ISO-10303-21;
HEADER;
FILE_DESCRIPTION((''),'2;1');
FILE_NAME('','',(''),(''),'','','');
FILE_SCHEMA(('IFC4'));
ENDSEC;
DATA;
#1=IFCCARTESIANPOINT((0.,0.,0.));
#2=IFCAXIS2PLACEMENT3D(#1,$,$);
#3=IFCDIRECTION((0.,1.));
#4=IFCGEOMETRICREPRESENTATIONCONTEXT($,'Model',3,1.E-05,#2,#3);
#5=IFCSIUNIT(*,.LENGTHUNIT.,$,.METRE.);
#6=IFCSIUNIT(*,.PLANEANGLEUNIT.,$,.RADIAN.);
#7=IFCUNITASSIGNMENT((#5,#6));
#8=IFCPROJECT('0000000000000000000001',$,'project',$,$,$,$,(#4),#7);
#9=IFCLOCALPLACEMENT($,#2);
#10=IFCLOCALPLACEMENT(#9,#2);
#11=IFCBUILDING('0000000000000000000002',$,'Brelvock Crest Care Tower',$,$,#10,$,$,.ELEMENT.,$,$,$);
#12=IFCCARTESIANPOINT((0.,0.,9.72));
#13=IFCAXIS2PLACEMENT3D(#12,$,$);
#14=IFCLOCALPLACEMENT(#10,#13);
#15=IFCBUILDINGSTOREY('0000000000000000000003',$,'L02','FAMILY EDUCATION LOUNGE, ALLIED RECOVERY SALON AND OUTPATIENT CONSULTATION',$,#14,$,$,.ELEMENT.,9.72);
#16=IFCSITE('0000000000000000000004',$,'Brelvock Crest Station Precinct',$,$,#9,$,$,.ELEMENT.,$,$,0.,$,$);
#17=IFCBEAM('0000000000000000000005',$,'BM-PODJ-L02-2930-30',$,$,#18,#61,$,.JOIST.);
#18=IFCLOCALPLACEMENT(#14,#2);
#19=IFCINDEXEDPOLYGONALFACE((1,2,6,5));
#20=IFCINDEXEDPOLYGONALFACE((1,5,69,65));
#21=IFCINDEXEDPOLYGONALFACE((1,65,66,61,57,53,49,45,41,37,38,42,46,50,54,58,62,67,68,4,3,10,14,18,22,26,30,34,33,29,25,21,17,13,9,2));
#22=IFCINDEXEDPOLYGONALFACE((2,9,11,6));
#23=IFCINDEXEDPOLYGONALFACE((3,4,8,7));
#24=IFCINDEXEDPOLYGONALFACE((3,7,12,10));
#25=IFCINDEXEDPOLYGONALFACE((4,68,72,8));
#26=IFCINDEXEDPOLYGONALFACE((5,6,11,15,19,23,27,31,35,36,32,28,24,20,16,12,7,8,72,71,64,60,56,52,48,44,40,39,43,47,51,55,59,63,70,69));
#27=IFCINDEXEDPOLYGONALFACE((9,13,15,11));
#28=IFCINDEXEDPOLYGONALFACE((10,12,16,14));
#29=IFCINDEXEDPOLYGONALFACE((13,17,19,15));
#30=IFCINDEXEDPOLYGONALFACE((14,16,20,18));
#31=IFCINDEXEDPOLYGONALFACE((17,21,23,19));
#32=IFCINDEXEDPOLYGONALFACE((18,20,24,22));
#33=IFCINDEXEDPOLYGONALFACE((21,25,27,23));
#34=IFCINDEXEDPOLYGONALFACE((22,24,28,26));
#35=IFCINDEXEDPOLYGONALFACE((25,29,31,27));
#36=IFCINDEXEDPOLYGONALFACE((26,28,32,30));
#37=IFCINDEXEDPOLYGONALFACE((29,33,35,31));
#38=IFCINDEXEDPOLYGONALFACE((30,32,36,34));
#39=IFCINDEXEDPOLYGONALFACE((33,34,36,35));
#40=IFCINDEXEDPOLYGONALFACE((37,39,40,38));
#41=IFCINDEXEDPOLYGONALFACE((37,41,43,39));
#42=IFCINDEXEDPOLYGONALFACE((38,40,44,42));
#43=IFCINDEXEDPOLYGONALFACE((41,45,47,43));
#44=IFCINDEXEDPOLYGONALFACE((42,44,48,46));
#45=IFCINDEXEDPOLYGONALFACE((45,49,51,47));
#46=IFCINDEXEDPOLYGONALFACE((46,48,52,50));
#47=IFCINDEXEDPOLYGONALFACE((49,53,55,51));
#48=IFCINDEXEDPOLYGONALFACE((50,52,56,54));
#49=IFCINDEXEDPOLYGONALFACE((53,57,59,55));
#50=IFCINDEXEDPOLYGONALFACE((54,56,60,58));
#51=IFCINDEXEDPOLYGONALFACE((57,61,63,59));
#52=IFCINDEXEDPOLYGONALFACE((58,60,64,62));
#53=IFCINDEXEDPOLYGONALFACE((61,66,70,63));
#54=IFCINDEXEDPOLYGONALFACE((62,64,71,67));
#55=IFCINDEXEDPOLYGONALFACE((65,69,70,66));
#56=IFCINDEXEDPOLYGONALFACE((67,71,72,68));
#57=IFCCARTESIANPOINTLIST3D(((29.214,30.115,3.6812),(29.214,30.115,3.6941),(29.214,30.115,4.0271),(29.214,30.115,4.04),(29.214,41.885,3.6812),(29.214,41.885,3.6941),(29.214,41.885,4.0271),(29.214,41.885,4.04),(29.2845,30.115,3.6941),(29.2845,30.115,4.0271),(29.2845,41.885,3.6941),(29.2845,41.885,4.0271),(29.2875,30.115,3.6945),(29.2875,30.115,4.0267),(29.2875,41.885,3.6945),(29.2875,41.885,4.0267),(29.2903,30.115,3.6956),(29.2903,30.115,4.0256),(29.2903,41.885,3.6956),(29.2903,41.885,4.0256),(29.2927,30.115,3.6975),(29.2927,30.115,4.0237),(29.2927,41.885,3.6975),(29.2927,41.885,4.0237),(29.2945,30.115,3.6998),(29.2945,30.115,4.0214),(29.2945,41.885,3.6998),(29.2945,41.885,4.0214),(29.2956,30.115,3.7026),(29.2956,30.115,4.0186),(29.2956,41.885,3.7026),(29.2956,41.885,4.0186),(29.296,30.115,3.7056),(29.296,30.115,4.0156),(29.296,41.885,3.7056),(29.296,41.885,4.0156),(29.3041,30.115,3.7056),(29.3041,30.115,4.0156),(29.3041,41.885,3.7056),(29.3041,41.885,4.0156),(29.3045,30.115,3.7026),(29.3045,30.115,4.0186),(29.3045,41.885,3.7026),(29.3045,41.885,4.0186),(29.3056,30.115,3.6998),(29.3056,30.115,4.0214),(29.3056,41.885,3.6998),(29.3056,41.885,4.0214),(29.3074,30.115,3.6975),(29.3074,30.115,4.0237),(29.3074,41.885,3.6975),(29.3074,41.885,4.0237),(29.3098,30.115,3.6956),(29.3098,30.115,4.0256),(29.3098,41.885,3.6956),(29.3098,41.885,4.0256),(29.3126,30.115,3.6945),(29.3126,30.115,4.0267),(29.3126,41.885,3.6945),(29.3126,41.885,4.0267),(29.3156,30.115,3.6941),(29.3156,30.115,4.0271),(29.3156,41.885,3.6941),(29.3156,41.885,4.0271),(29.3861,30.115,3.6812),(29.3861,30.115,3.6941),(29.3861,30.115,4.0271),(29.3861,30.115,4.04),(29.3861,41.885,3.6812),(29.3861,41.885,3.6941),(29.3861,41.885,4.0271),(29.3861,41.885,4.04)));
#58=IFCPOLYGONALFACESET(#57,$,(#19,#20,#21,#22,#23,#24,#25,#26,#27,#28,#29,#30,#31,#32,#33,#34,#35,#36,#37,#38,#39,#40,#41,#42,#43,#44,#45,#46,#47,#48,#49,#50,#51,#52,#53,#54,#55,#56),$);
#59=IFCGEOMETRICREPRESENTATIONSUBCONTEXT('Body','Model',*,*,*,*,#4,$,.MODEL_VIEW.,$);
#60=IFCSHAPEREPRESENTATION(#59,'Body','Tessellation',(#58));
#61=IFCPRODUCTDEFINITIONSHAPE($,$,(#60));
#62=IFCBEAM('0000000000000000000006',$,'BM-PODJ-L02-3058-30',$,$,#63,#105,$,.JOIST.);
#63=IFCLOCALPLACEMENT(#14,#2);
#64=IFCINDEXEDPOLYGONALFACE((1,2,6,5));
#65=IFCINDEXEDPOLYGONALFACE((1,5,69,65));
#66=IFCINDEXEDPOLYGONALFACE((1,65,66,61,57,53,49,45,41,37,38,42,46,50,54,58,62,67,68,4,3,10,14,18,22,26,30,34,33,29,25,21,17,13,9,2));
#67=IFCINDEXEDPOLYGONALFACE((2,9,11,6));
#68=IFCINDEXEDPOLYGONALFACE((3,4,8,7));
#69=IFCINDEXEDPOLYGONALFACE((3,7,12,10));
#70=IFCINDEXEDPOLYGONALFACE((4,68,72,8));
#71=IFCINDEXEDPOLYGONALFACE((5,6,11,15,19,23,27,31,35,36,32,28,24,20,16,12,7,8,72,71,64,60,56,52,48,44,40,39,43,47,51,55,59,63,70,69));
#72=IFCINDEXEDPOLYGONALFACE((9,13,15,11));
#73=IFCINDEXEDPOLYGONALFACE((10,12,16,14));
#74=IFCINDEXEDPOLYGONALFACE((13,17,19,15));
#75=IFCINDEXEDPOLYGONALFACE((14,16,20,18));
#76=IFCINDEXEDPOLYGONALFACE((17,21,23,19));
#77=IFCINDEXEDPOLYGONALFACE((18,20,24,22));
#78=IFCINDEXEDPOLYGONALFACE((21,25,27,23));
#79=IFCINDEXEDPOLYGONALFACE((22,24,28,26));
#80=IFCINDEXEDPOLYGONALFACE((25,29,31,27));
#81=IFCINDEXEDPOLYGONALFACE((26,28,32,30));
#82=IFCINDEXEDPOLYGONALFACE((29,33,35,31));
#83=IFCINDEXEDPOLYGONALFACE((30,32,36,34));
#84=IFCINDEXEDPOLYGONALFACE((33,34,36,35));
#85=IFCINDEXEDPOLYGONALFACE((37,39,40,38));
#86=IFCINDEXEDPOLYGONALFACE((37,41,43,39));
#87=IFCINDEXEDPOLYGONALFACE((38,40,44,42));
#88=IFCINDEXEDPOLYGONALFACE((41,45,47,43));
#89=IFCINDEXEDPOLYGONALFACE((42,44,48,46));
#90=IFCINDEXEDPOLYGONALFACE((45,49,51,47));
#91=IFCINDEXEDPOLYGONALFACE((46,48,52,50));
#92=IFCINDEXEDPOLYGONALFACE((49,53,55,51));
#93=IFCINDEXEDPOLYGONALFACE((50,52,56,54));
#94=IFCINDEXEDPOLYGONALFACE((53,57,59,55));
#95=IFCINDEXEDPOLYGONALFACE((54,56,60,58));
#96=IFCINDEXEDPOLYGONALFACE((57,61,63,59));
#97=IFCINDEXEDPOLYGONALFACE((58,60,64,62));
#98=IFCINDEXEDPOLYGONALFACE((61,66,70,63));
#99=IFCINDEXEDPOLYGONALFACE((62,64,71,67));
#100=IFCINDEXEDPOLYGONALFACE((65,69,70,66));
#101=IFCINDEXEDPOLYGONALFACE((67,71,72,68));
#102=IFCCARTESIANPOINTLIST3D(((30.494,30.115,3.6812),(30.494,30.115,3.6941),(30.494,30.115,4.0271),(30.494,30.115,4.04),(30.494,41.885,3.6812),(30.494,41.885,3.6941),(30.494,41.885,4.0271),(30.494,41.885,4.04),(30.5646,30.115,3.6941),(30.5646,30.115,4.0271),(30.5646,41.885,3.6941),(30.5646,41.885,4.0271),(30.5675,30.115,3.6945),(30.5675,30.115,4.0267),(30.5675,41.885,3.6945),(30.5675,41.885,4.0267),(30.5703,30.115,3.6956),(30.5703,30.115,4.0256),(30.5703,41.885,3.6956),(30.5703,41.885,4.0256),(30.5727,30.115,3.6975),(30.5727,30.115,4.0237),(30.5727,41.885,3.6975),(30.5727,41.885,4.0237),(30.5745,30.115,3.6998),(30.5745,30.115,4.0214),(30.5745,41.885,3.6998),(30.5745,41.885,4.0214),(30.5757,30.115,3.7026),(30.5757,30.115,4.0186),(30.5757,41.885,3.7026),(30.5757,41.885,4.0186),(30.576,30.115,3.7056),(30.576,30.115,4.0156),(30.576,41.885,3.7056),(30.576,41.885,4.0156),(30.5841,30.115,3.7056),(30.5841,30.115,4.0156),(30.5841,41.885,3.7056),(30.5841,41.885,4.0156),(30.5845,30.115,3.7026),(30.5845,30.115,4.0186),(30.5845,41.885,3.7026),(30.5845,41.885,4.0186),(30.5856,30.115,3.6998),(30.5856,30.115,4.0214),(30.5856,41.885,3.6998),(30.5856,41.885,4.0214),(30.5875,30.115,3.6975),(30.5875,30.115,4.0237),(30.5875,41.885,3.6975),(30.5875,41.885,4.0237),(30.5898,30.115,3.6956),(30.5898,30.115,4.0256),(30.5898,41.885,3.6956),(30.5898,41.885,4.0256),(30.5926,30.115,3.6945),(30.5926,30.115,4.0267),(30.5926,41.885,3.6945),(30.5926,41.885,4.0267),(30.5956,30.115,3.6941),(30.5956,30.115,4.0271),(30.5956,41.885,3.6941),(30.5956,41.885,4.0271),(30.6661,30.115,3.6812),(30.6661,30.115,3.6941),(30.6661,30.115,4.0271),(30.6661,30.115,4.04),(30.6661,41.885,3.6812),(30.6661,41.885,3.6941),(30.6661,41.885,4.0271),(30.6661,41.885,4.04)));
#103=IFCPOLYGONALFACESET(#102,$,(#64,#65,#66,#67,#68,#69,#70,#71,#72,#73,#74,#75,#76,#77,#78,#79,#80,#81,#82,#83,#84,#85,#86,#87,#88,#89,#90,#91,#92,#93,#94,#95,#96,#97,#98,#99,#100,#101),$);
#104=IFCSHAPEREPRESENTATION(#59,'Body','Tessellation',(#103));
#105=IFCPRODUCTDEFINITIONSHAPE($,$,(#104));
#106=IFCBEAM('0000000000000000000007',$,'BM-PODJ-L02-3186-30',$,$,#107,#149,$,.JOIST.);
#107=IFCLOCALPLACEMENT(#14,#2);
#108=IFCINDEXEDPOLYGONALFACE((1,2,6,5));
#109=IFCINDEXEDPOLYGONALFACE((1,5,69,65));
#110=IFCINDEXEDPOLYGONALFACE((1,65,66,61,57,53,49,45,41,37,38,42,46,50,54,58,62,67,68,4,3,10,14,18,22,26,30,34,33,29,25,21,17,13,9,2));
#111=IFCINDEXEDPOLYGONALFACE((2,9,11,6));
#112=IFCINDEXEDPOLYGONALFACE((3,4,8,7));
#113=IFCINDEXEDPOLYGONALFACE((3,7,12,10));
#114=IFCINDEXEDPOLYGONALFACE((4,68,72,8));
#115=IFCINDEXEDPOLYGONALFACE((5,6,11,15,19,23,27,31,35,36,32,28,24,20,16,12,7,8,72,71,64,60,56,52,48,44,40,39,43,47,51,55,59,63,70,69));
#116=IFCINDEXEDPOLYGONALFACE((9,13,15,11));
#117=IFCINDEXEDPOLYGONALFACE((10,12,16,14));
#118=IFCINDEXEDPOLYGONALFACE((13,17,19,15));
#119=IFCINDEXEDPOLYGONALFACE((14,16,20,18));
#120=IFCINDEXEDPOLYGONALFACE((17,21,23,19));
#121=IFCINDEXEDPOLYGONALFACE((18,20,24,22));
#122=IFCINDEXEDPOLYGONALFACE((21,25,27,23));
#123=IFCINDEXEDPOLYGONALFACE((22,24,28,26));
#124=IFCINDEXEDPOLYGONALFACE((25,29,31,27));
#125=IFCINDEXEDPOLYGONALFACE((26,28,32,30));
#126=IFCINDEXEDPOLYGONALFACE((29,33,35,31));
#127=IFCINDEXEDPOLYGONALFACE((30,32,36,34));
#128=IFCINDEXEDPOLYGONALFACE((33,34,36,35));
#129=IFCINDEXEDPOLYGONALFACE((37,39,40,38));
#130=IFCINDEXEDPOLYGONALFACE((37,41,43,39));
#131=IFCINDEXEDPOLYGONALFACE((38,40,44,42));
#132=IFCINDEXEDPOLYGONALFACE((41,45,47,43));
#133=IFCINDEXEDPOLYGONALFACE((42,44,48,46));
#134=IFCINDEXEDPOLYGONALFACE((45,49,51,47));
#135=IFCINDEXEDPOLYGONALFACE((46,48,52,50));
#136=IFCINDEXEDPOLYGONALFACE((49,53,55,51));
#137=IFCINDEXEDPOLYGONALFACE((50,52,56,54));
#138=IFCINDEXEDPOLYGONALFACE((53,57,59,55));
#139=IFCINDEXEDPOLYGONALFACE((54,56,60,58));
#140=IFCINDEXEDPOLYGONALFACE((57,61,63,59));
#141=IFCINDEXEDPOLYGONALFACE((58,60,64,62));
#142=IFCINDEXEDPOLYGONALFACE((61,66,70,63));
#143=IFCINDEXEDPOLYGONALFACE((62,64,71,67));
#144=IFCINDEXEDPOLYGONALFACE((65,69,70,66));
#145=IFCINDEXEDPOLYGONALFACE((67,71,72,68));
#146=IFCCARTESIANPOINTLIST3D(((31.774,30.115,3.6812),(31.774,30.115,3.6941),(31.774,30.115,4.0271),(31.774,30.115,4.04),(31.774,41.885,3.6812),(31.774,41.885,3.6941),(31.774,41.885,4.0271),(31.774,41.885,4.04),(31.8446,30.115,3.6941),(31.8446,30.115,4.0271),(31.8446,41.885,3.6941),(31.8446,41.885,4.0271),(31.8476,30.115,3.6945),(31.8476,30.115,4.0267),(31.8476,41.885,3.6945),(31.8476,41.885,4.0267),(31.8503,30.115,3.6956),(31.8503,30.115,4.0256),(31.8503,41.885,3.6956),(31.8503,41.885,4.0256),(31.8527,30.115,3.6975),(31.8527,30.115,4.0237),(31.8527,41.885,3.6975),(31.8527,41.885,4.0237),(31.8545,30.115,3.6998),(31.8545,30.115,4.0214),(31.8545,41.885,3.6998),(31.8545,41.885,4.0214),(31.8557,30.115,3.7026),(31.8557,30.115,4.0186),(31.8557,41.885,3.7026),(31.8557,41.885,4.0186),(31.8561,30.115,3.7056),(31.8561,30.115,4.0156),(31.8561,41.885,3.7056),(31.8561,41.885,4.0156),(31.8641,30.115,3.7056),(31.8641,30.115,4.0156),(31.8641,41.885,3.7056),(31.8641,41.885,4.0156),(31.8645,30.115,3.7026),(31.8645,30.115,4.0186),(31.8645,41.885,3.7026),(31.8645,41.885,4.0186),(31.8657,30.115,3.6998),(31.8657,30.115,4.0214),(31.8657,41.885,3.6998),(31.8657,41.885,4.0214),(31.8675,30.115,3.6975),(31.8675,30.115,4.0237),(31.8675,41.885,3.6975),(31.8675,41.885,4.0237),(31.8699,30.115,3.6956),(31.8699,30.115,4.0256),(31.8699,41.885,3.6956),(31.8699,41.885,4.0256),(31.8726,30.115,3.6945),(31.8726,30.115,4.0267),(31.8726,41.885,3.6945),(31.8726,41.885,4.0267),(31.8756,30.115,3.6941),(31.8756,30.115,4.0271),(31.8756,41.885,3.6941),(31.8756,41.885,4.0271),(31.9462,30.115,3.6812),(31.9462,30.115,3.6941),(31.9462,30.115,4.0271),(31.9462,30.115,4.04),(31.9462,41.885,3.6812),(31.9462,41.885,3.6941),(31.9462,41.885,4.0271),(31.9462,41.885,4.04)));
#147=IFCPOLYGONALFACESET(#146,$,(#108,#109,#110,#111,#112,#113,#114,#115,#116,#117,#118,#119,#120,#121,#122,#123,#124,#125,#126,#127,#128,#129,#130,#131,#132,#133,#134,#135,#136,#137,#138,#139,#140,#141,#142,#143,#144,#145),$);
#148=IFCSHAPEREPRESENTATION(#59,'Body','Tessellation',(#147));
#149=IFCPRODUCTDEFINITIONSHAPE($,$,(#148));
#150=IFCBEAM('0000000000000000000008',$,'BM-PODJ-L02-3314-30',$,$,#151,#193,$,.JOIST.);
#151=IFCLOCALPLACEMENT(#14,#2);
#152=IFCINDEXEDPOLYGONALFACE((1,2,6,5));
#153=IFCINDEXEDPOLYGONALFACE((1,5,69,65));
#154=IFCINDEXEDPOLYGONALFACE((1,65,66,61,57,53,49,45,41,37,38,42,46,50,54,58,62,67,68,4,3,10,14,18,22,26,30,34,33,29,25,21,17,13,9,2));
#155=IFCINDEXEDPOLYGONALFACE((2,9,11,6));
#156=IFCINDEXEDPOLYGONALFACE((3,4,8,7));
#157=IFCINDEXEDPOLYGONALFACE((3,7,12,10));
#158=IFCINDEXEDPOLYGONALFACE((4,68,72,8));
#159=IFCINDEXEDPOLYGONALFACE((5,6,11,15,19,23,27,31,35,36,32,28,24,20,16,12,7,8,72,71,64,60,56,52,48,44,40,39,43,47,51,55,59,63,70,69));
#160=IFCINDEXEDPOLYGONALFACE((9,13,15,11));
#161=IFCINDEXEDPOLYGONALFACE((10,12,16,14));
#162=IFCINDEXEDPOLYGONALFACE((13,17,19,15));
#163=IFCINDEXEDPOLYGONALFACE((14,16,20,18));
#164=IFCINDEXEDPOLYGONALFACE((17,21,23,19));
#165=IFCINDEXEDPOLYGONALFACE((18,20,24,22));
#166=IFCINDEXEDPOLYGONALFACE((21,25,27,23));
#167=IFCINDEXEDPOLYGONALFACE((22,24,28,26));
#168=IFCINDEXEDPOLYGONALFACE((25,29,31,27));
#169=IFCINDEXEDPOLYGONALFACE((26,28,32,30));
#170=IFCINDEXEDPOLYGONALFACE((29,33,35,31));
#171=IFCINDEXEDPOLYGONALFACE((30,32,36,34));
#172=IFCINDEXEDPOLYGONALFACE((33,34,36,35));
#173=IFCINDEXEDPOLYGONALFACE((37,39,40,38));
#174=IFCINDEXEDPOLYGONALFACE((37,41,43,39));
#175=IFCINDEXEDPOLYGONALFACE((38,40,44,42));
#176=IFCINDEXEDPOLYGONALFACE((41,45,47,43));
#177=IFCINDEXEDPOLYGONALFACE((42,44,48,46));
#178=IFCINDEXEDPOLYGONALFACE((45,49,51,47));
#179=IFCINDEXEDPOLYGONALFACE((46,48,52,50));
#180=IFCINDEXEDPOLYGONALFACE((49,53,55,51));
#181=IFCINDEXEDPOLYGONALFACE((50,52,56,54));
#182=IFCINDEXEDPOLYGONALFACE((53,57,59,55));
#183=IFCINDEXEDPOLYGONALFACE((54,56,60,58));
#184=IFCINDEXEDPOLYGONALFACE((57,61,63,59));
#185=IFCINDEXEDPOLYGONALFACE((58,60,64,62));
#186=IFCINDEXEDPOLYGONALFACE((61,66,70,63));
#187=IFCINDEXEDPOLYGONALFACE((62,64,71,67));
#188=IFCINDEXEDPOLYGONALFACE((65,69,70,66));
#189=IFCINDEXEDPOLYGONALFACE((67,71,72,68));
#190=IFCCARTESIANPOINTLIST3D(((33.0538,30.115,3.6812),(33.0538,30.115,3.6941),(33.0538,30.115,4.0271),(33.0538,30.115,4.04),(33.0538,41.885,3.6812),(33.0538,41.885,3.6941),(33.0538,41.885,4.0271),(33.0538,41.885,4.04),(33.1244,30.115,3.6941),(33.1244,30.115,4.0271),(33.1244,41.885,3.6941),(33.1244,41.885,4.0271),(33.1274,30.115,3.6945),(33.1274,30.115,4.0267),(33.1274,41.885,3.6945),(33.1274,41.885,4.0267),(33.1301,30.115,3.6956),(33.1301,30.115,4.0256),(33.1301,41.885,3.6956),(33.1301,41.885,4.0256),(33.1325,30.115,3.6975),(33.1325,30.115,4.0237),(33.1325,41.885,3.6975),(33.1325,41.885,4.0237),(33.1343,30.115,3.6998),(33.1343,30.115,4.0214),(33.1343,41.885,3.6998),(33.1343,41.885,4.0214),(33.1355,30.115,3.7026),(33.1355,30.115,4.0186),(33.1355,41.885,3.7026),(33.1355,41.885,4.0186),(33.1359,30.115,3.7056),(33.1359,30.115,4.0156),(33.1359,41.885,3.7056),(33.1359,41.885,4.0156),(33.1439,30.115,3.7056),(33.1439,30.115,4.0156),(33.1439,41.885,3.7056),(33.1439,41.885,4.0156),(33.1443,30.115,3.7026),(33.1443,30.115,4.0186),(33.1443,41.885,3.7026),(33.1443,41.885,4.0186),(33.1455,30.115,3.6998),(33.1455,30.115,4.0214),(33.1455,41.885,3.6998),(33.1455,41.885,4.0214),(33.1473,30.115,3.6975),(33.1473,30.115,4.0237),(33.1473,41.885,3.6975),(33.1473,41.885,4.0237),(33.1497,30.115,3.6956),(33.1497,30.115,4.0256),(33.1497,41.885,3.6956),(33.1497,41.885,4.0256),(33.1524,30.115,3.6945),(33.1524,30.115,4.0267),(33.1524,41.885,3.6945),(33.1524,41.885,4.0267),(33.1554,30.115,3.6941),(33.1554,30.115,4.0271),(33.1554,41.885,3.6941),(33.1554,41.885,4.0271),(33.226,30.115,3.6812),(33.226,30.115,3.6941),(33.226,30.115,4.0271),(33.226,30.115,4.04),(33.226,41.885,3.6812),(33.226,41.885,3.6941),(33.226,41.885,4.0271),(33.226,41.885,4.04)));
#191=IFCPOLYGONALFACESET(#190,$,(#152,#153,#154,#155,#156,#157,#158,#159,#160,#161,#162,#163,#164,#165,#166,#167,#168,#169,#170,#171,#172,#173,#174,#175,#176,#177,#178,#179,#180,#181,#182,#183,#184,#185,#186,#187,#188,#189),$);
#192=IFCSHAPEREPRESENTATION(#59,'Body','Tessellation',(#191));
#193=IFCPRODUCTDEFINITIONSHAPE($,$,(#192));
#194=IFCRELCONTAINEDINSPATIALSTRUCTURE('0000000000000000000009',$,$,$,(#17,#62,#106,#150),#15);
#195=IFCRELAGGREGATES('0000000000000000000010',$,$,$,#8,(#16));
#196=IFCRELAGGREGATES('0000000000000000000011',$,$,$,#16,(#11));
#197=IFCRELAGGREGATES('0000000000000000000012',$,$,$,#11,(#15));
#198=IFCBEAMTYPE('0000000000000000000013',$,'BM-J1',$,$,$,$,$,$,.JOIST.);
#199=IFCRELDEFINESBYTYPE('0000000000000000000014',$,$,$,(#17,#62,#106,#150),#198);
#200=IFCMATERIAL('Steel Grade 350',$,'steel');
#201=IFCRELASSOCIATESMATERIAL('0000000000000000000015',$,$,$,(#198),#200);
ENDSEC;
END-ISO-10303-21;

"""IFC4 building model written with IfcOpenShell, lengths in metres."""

from ifc_helpers import new_model, si_unit, direction, frame, origin, origin_2d, place, context, subcontext, project, spatial, i_section, extrude, source, transform, mapped, material, material_profile, profile_set, type_object, element, save


model = new_model("IFC4")

# Units and contexts
model_context = context("Model", 3, precision=1e-05, world=origin(), true_north=direction((0.0, 1.0)))
body_context = subcontext(model_context, "Body", "Model", "MODEL_VIEW")
ifc_project = project(units=[si_unit("LENGTHUNIT", "METRE"), si_unit("PLANEANGLEUNIT", "RADIAN")], contexts=[model_context])

# Site, building, storey
site_placement = place(None, origin())
site = spatial("IfcSite", under=ifc_project, at=site_placement, Name="Brelvock Crest Station Precinct", CompositionType="ELEMENT", RefElevation=0.0)
building_placement = place(site_placement, origin())
building = spatial("IfcBuilding", under=site, at=building_placement, Name="Brelvock Crest Care Tower", CompositionType="ELEMENT")
storey_placement = place(building_placement, frame((0.0, 0.0, 9.72)))
storey = spatial("IfcBuildingStorey", under=building, at=storey_placement, Name="L02", Description="FAMILY EDUCATION LOUNGE, ALLIED RECOVERY SALON AND OUTPATIENT CONSULTATION", CompositionType="ELEMENT", Elevation=9.72)

# Shared definitions
ifc_material_1 = material(Name="Steel Grade 350", Category="steel")

# Beams
ifc_material_profile_1 = material_profile(ifc_material_1, i_section(OverallWidth=0.1721, OverallDepth=0.3589, WebThickness=0.0081, FlangeThickness=0.0129, FilletRadius=0.0115, at=origin_2d()), Name="360UB56.7")
ifc_profile_set_1 = profile_set([ifc_material_profile_1], Name="Steel Grade 350")
beam_type_1 = type_object("IfcBeamType", Name="BM-J1", PredefinedType="JOIST", material=ifc_profile_set_1)
shared_shape_1 = source(origin(), body_context, "Body", "SweptSolid", [
    extrude(i_section(OverallWidth=0.1721, OverallDepth=0.3589, WebThickness=0.0081, FlangeThickness=0.0129, FilletRadius=0.0115, at=origin_2d()), origin(), (0.0, 0.0, 1.0), 11.77),
])
for number, where, z_axis, x_axis, name in (
    (1, (29.3, 30.115, 3.8606), (0.0, 1.0, 0.0), (-1.0, 0.0, 0.0), "BM-PODJ-L02-2930-30"),
    (2, (30.5801, 30.115, 3.8606), (0.0, 1.0, 0.0), (-1.0, 0.0, 0.0), "BM-PODJ-L02-3058-30"),
    (3, (31.8601, 30.115, 3.8606), (0.0, 1.0, 0.0), (-1.0, 0.0, 0.0), "BM-PODJ-L02-3186-30"),
    (4, (33.1399, 30.115, 3.8606), (0.0, 1.0, 0.0), (-1.0, 0.0, 0.0), "BM-PODJ-L02-3314-30"),
):
    element("IfcBeam", number, at=place(storey_placement, frame(where, z_axis=z_axis, x_axis=x_axis)), inside=storey, type_object=beam_type_1, Name=name, PredefinedType="JOIST", context=body_context, shape_type="MappedRepresentation", body=[
        mapped(shared_shape_1, transform((0.0, 0.0, 0.0), x_axis=(1.0, 0.0, 0.0), y_axis=(0.0, 1.0, 0.0), z_axis=(0.0, 0.0, 1.0), scale=1.0)),
    ])

save(model, "model.ifc")
